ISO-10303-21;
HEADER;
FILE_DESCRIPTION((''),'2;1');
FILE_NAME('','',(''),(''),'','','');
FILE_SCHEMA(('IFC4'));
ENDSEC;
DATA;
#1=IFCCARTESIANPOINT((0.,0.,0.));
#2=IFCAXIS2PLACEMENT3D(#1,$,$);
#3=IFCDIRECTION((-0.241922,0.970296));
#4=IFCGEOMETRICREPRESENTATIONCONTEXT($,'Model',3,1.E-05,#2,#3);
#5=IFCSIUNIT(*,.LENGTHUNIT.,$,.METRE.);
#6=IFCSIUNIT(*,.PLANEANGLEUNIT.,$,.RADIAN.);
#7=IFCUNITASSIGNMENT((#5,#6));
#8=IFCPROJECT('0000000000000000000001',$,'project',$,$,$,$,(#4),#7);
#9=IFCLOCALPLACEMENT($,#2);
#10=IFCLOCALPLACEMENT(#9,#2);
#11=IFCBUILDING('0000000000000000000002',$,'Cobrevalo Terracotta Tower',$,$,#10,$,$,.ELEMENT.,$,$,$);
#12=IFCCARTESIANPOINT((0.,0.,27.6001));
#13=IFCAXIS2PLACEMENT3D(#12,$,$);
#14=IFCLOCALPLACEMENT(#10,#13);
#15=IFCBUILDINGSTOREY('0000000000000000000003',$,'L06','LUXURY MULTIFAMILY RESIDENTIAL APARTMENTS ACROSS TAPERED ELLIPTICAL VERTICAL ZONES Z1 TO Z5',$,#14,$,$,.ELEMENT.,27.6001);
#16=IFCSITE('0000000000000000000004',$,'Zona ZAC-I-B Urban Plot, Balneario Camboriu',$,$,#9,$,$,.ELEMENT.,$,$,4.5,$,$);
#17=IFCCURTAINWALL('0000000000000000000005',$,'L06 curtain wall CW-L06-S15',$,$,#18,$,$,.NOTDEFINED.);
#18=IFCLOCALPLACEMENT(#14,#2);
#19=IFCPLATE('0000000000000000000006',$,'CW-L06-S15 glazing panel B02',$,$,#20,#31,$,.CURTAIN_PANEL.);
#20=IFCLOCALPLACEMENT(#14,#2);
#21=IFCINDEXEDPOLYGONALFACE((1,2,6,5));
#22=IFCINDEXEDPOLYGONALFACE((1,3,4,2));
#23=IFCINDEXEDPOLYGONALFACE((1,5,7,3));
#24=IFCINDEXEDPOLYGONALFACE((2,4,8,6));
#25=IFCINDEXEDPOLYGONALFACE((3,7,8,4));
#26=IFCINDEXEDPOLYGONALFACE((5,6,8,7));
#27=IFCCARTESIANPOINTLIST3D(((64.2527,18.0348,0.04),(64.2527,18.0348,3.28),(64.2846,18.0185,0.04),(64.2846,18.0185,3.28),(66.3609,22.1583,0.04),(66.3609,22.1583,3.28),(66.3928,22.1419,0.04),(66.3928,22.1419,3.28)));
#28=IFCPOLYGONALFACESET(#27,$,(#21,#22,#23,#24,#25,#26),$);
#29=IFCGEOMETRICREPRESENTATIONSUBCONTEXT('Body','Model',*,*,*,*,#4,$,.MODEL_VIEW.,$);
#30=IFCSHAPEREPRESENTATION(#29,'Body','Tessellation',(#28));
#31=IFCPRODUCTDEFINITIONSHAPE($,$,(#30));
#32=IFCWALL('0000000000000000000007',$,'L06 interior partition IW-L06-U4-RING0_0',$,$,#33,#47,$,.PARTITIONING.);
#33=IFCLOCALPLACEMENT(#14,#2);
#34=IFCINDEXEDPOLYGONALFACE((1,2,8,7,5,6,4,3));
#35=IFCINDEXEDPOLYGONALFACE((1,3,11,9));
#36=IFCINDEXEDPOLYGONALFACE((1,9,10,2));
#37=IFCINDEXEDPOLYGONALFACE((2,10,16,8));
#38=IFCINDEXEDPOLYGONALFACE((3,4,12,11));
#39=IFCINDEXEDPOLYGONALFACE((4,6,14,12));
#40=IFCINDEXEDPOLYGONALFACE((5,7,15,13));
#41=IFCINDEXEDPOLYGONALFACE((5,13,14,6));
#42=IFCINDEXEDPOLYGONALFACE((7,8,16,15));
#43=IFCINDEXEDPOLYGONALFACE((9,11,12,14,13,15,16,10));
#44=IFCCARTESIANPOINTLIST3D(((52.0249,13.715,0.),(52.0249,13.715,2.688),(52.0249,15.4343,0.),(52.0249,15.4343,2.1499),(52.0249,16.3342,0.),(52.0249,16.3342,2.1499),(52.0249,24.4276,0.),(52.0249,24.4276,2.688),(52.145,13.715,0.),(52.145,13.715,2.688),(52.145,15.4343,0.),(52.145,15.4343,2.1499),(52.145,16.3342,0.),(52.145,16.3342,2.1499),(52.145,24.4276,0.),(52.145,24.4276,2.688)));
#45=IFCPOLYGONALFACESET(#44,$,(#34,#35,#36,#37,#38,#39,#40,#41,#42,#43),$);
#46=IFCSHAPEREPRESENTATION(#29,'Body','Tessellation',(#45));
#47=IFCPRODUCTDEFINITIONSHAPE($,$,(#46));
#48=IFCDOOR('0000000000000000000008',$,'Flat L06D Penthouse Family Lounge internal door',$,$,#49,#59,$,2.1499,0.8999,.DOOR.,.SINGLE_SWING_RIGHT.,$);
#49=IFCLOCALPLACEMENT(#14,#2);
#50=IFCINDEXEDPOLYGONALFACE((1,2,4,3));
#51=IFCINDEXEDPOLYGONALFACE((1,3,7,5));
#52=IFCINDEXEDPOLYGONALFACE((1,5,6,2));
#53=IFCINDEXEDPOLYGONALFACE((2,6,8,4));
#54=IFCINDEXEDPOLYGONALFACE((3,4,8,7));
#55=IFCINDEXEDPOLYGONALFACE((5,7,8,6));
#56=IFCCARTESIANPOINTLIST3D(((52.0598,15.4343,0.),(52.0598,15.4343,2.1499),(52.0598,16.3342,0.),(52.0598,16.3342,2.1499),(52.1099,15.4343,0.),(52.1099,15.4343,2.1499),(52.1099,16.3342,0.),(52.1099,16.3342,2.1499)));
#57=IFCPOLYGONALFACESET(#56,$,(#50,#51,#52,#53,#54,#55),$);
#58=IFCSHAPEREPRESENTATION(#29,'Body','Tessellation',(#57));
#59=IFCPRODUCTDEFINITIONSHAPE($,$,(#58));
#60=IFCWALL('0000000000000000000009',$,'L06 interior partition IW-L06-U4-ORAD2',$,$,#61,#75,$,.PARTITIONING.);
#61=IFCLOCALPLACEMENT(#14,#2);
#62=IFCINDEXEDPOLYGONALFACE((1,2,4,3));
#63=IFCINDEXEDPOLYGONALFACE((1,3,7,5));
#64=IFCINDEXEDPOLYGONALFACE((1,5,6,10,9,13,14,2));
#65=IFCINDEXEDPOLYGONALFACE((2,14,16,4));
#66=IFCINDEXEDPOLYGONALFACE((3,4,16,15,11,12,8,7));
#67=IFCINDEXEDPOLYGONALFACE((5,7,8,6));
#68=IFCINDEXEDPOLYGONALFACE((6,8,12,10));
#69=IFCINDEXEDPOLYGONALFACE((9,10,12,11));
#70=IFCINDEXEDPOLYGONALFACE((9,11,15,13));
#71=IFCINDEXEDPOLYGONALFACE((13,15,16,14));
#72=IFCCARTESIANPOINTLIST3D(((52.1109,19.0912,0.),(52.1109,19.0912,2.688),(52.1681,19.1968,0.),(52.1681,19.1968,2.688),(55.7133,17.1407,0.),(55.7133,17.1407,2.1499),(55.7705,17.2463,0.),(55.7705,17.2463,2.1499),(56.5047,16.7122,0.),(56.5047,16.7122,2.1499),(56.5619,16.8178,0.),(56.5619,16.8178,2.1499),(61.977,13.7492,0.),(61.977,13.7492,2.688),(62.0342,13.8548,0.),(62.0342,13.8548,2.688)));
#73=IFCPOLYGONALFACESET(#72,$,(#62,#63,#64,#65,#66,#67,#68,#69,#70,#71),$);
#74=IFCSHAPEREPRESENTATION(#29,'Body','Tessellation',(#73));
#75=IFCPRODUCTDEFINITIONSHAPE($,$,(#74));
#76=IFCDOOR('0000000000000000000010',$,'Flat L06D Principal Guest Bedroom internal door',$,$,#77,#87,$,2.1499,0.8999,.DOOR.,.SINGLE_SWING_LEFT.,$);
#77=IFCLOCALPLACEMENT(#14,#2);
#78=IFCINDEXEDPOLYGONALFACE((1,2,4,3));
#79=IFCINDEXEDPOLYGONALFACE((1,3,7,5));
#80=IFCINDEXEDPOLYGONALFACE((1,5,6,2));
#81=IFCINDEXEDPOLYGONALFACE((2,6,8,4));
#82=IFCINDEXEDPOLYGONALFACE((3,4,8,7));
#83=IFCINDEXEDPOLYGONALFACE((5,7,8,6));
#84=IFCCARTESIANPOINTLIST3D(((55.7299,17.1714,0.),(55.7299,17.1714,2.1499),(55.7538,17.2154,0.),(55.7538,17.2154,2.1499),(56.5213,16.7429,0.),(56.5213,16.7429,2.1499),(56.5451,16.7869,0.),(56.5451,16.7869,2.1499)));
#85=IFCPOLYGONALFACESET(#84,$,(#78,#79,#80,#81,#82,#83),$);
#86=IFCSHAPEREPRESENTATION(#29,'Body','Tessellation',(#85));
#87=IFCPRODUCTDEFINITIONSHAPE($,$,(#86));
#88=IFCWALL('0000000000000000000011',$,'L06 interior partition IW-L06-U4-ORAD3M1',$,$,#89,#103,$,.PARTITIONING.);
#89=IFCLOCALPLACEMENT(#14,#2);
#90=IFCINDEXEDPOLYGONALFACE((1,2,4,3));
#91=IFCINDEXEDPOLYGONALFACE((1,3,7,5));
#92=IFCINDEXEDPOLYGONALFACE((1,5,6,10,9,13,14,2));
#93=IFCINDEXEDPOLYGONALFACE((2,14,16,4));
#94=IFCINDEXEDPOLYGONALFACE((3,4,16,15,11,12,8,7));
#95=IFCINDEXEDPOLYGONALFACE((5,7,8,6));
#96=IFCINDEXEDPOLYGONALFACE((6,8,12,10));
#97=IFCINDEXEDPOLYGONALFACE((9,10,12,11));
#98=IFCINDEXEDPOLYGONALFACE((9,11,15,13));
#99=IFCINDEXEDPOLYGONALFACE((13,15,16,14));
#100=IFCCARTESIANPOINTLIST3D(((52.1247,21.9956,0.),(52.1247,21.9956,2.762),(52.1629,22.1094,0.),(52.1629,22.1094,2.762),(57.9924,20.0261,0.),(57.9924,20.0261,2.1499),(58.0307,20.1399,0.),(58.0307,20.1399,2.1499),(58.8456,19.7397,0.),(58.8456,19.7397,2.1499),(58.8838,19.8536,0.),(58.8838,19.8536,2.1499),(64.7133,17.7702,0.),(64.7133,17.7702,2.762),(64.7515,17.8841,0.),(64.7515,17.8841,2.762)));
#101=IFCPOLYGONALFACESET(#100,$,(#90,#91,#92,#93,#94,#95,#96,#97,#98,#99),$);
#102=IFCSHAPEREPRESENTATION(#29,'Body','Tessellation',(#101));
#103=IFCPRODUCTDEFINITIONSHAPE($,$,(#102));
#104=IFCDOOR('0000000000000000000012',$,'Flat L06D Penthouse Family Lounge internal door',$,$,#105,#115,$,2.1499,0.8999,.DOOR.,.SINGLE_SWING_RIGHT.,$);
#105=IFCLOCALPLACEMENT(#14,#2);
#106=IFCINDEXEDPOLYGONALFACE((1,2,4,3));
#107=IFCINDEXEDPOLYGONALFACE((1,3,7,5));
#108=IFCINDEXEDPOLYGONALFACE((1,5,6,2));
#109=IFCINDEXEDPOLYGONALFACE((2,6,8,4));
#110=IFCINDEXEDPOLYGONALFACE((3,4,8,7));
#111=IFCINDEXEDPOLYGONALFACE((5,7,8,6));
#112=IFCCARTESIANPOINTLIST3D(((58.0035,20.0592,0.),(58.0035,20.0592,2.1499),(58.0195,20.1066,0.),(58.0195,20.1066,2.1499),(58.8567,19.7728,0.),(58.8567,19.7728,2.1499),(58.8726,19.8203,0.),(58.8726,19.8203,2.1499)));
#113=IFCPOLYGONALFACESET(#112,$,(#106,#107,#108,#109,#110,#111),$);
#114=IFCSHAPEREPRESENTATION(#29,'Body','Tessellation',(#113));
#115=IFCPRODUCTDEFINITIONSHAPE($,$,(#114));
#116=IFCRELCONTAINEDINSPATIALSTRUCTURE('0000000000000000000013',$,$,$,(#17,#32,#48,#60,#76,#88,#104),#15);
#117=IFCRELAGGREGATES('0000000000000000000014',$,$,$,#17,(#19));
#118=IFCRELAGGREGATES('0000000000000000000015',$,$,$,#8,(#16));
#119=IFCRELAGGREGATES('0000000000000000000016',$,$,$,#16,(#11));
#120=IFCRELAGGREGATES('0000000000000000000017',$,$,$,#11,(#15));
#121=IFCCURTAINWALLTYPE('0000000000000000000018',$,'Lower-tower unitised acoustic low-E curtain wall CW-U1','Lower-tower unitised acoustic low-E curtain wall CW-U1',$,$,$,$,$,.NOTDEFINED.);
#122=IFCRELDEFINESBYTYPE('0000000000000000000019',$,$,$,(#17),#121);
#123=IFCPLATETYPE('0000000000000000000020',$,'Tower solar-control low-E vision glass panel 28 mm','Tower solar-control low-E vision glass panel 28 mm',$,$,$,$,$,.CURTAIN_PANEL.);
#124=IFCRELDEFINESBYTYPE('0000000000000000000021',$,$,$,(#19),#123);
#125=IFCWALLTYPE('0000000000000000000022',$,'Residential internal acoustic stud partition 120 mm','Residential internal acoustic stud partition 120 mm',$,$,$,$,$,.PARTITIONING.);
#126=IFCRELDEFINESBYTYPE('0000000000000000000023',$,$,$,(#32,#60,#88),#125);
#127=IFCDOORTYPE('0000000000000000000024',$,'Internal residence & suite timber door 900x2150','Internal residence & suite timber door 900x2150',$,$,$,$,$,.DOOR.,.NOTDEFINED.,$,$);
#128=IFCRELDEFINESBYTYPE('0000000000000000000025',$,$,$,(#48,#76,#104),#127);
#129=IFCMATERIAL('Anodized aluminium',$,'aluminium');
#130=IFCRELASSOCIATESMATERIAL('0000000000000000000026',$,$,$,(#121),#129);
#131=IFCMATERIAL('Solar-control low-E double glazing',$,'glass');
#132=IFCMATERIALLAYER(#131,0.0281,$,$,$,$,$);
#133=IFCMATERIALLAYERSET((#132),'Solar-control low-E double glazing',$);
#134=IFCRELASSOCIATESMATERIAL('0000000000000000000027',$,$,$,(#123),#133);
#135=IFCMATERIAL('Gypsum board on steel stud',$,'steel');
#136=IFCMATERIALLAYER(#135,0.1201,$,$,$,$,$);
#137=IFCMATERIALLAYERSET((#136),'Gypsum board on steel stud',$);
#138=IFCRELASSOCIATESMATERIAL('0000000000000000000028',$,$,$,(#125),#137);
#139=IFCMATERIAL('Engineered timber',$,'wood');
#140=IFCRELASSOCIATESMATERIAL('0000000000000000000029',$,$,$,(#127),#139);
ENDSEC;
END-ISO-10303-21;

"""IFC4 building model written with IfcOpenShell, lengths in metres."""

from ifc_helpers import new_model, si_unit, direction, frame, frame_2d, origin, origin_2d, place, context, subcontext, project, spatial, rectangle, extrude, source, transform, mapped, material, layer, layer_set, type_object, element, fill, aggregate, save


model = new_model("IFC4")

# Units and contexts
model_context = context("Model", 3, precision=1e-05, world=origin(), true_north=direction((-0.241922, 0.970296)))
body_context = subcontext(model_context, "Body", "Model", "MODEL_VIEW")
ifc_project = project(units=[si_unit("LENGTHUNIT", "METRE"), si_unit("PLANEANGLEUNIT", "RADIAN")], contexts=[model_context])

# Site, building, storey
site_placement = place(None, origin())
site = spatial("IfcSite", under=ifc_project, at=site_placement, Name="Zona ZAC-I-B Urban Plot, Balneario Camboriu", CompositionType="ELEMENT", RefElevation=4.5)
building_placement = place(site_placement, origin())
building = spatial("IfcBuilding", under=site, at=building_placement, Name="Cobrevalo Terracotta Tower", CompositionType="ELEMENT")
storey_placement = place(building_placement, frame((0.0, 0.0, 27.6001)))
storey = spatial("IfcBuildingStorey", under=building, at=storey_placement, Name="L06", Description="LUXURY MULTIFAMILY RESIDENTIAL APARTMENTS ACROSS TAPERED ELLIPTICAL VERTICAL ZONES Z1 TO Z5", CompositionType="ELEMENT", Elevation=27.6001)

# Curtain wall
ifc_material_1 = material(Name="Anodized aluminium", Category="aluminium")
curtain_wall_type = type_object("IfcCurtainWallType", Name="Lower-tower unitised acoustic low-E curtain wall CW-U1", Description="Lower-tower unitised acoustic low-E curtain wall CW-U1", PredefinedType="NOTDEFINED", material=ifc_material_1)
curtain_wall_1_placement = place(storey_placement, origin())
curtain_wall_1 = element("IfcCurtainWall", 1, at=curtain_wall_1_placement, inside=storey, type_object=curtain_wall_type, Name="L06 curtain wall CW-L06-S15", PredefinedType="NOTDEFINED")

# Plate
ifc_material_2 = material(Name="Solar-control low-E double glazing", Category="glass")
ifc_layer_1 = layer(ifc_material_2, 0.0281)
ifc_layer_set_1 = layer_set([ifc_layer_1], Name="Solar-control low-E double glazing")
plate_type = type_object("IfcPlateType", Name="Tower solar-control low-E vision glass panel 28 mm", Description="Tower solar-control low-E vision glass panel 28 mm", PredefinedType="CURTAIN_PANEL", material=ifc_layer_set_1)
shared_shape_1 = source(origin(), body_context, "Body", "SweptSolid", [
    extrude(rectangle(XDim=4.6311, YDim=0.0359, at=origin_2d()), origin(), (0.0, 0.0, 1.0), 3.24),
])
plate_1_placement = place(storey_placement, frame((65.3228, 20.0884, 0.04), z_axis=(0.0, 0.0, 1.0), x_axis=(0.455231, 0.890373, 0.0)))
plate_1 = element("IfcPlate", 2, at=plate_1_placement, type_object=plate_type, Name="CW-L06-S15 glazing panel B02", PredefinedType="CURTAIN_PANEL", context=body_context, shape_type="MappedRepresentation", body=[
    mapped(shared_shape_1, transform((0.0, 0.0, 0.0), scale=1.0)),
])
aggregate(curtain_wall_1, [plate_1])

# Walls, openings, doors
ifc_material_3 = material(Name="Gypsum board on steel stud", Category="steel")
ifc_layer_2 = layer(ifc_material_3, 0.1201)
ifc_layer_set_2 = layer_set([ifc_layer_2], Name="Gypsum board on steel stud")
wall_type = type_object("IfcWallType", Name="Residential internal acoustic stud partition 120 mm", Description="Residential internal acoustic stud partition 120 mm", PredefinedType="PARTITIONING", material=ifc_layer_set_2)
wall_1_placement = place(storey_placement, frame((52.085, 24.4277, 0.0), z_axis=(0.0, 0.0, 1.0), x_axis=(0.0, -1.0, 0.0)))
wall_1 = element("IfcWall", 3, at=wall_1_placement, inside=storey, type_object=wall_type, Name="L06 interior partition IW-L06-U4-RING0_0", PredefinedType="PARTITIONING", context=body_context, shape_type="SweptSolid", body=[
    extrude(rectangle(XDim=10.7126, YDim=0.1201, at=frame_2d((5.3564, 0.0))), origin(), (0.0, 0.0, 1.0), 2.688),
])
opening_1_placement = place(wall_1_placement, frame((8.0935, 0.0, 0.0)))
opening_1 = element("IfcOpeningElement", 4, at=opening_1_placement, cuts=wall_1, PredefinedType="OPENING", context=body_context, shape_type="SweptSolid", body=[
    extrude(rectangle(XDim=0.8999, YDim=2.1499, at=frame_2d((0.45, 1.075))), frame((0.0, 0.0701, 0.0), z_axis=(0.0, -1.0, 0.0), x_axis=(1.0, 0.0, 0.0)), (0.0, 0.0, 1.0), 0.1401),
])
ifc_material_4 = material(Name="Engineered timber", Category="wood")
door_type = type_object("IfcDoorType", Name="Internal residence & suite timber door 900x2150", Description="Internal residence & suite timber door 900x2150", OperationType="NOTDEFINED", PredefinedType="DOOR", material=ifc_material_4)
shared_shape_2 = source(origin(), body_context, "Body", "SweptSolid", [
    extrude(rectangle(XDim=0.8999, YDim=2.1499, at=frame_2d((0.45, 1.075))), frame((0.0, 0.0249, 0.0), z_axis=(0.0, -1.0, 0.0), x_axis=(1.0, 0.0, 0.0)), (0.0, 0.0, 1.0), 0.05),
])
door_1_placement = place(opening_1_placement, origin())
door_1 = element("IfcDoor", 5, at=door_1_placement, inside=storey, type_object=door_type, Name="Flat L06D Penthouse Family Lounge internal door", OperationType="SINGLE_SWING_RIGHT", OverallHeight=2.1499, OverallWidth=0.8999, PredefinedType="DOOR", context=body_context, shape_type="MappedRepresentation", body=[
    mapped(shared_shape_2, transform((0.0, 0.0, 0.0), scale=1.0)),
])
fill(opening_1, door_1)
wall_2_placement = place(storey_placement, frame((52.1394, 19.144, 0.0), z_axis=(0.0, 0.0, 1.0), x_axis=(0.879372, -0.476135, 0.0)))
wall_2 = element("IfcWall", 6, at=wall_2_placement, inside=storey, type_object=wall_type, Name="L06 interior partition IW-L06-U4-ORAD2", PredefinedType="PARTITIONING", context=body_context, shape_type="SweptSolid", body=[
    extrude(rectangle(XDim=11.2195, YDim=0.1201, at=frame_2d((5.6099, 0.0))), origin(), (0.0, 0.0, 1.0), 2.688),
])
opening_2_placement = place(wall_2_placement, frame((4.0967, 0.0, 0.0)))
opening_2 = element("IfcOpeningElement", 7, at=opening_2_placement, cuts=wall_2, PredefinedType="OPENING", context=body_context, shape_type="SweptSolid", body=[
    extrude(rectangle(XDim=0.8999, YDim=2.1499, at=frame_2d((0.45, 1.075))), frame((0.0, 0.0701, 0.0), z_axis=(0.0, -1.0, 0.0), x_axis=(1.0, 0.0, 0.0)), (0.0, 0.0, 1.0), 0.1401),
])
door_2_placement = place(opening_2_placement, origin())
door_2 = element("IfcDoor", 8, at=door_2_placement, inside=storey, type_object=door_type, Name="Flat L06D Principal Guest Bedroom internal door", OperationType="SINGLE_SWING_LEFT", OverallHeight=2.1499, OverallWidth=0.8999, PredefinedType="DOOR", context=body_context, shape_type="MappedRepresentation", body=[
    mapped(shared_shape_2, transform((0.0, 0.0, 0.0), scale=1.0)),
])
fill(opening_2, door_2)
wall_3_placement = place(storey_placement, frame((52.1438, 22.0525, 0.0), z_axis=(0.0, 0.0, 1.0), x_axis=(0.948023, -0.318202, 0.0)))
wall_3 = element("IfcWall", 9, at=wall_3_placement, inside=storey, type_object=wall_type, Name="L06 interior partition IW-L06-U4-ORAD3M1", PredefinedType="PARTITIONING", context=body_context, shape_type="SweptSolid", body=[
    extrude(rectangle(XDim=13.2788, YDim=0.1201, at=frame_2d((6.6394, 0.0))), origin(), (0.0, 0.0, 1.0), 2.762),
])
opening_3_placement = place(wall_3_placement, frame((6.1895, 0.0, 0.0)))
opening_3 = element("IfcOpeningElement", 10, at=opening_3_placement, cuts=wall_3, PredefinedType="OPENING", context=body_context, shape_type="SweptSolid", body=[
    extrude(rectangle(XDim=0.8999, YDim=2.1499, at=frame_2d((0.45, 1.075))), frame((0.0, 0.0701, 0.0), z_axis=(0.0, -1.0, 0.0), x_axis=(1.0, 0.0, 0.0)), (0.0, 0.0, 1.0), 0.1401),
])
door_3_placement = place(opening_3_placement, origin())
door_3 = element("IfcDoor", 11, at=door_3_placement, inside=storey, type_object=door_type, Name="Flat L06D Penthouse Family Lounge internal door", OperationType="SINGLE_SWING_RIGHT", OverallHeight=2.1499, OverallWidth=0.8999, PredefinedType="DOOR", context=body_context, shape_type="MappedRepresentation", body=[
    mapped(shared_shape_2, transform((0.0, 0.0, 0.0), scale=1.0)),
])
fill(opening_3, door_3)

save(model, "model.ifc")
